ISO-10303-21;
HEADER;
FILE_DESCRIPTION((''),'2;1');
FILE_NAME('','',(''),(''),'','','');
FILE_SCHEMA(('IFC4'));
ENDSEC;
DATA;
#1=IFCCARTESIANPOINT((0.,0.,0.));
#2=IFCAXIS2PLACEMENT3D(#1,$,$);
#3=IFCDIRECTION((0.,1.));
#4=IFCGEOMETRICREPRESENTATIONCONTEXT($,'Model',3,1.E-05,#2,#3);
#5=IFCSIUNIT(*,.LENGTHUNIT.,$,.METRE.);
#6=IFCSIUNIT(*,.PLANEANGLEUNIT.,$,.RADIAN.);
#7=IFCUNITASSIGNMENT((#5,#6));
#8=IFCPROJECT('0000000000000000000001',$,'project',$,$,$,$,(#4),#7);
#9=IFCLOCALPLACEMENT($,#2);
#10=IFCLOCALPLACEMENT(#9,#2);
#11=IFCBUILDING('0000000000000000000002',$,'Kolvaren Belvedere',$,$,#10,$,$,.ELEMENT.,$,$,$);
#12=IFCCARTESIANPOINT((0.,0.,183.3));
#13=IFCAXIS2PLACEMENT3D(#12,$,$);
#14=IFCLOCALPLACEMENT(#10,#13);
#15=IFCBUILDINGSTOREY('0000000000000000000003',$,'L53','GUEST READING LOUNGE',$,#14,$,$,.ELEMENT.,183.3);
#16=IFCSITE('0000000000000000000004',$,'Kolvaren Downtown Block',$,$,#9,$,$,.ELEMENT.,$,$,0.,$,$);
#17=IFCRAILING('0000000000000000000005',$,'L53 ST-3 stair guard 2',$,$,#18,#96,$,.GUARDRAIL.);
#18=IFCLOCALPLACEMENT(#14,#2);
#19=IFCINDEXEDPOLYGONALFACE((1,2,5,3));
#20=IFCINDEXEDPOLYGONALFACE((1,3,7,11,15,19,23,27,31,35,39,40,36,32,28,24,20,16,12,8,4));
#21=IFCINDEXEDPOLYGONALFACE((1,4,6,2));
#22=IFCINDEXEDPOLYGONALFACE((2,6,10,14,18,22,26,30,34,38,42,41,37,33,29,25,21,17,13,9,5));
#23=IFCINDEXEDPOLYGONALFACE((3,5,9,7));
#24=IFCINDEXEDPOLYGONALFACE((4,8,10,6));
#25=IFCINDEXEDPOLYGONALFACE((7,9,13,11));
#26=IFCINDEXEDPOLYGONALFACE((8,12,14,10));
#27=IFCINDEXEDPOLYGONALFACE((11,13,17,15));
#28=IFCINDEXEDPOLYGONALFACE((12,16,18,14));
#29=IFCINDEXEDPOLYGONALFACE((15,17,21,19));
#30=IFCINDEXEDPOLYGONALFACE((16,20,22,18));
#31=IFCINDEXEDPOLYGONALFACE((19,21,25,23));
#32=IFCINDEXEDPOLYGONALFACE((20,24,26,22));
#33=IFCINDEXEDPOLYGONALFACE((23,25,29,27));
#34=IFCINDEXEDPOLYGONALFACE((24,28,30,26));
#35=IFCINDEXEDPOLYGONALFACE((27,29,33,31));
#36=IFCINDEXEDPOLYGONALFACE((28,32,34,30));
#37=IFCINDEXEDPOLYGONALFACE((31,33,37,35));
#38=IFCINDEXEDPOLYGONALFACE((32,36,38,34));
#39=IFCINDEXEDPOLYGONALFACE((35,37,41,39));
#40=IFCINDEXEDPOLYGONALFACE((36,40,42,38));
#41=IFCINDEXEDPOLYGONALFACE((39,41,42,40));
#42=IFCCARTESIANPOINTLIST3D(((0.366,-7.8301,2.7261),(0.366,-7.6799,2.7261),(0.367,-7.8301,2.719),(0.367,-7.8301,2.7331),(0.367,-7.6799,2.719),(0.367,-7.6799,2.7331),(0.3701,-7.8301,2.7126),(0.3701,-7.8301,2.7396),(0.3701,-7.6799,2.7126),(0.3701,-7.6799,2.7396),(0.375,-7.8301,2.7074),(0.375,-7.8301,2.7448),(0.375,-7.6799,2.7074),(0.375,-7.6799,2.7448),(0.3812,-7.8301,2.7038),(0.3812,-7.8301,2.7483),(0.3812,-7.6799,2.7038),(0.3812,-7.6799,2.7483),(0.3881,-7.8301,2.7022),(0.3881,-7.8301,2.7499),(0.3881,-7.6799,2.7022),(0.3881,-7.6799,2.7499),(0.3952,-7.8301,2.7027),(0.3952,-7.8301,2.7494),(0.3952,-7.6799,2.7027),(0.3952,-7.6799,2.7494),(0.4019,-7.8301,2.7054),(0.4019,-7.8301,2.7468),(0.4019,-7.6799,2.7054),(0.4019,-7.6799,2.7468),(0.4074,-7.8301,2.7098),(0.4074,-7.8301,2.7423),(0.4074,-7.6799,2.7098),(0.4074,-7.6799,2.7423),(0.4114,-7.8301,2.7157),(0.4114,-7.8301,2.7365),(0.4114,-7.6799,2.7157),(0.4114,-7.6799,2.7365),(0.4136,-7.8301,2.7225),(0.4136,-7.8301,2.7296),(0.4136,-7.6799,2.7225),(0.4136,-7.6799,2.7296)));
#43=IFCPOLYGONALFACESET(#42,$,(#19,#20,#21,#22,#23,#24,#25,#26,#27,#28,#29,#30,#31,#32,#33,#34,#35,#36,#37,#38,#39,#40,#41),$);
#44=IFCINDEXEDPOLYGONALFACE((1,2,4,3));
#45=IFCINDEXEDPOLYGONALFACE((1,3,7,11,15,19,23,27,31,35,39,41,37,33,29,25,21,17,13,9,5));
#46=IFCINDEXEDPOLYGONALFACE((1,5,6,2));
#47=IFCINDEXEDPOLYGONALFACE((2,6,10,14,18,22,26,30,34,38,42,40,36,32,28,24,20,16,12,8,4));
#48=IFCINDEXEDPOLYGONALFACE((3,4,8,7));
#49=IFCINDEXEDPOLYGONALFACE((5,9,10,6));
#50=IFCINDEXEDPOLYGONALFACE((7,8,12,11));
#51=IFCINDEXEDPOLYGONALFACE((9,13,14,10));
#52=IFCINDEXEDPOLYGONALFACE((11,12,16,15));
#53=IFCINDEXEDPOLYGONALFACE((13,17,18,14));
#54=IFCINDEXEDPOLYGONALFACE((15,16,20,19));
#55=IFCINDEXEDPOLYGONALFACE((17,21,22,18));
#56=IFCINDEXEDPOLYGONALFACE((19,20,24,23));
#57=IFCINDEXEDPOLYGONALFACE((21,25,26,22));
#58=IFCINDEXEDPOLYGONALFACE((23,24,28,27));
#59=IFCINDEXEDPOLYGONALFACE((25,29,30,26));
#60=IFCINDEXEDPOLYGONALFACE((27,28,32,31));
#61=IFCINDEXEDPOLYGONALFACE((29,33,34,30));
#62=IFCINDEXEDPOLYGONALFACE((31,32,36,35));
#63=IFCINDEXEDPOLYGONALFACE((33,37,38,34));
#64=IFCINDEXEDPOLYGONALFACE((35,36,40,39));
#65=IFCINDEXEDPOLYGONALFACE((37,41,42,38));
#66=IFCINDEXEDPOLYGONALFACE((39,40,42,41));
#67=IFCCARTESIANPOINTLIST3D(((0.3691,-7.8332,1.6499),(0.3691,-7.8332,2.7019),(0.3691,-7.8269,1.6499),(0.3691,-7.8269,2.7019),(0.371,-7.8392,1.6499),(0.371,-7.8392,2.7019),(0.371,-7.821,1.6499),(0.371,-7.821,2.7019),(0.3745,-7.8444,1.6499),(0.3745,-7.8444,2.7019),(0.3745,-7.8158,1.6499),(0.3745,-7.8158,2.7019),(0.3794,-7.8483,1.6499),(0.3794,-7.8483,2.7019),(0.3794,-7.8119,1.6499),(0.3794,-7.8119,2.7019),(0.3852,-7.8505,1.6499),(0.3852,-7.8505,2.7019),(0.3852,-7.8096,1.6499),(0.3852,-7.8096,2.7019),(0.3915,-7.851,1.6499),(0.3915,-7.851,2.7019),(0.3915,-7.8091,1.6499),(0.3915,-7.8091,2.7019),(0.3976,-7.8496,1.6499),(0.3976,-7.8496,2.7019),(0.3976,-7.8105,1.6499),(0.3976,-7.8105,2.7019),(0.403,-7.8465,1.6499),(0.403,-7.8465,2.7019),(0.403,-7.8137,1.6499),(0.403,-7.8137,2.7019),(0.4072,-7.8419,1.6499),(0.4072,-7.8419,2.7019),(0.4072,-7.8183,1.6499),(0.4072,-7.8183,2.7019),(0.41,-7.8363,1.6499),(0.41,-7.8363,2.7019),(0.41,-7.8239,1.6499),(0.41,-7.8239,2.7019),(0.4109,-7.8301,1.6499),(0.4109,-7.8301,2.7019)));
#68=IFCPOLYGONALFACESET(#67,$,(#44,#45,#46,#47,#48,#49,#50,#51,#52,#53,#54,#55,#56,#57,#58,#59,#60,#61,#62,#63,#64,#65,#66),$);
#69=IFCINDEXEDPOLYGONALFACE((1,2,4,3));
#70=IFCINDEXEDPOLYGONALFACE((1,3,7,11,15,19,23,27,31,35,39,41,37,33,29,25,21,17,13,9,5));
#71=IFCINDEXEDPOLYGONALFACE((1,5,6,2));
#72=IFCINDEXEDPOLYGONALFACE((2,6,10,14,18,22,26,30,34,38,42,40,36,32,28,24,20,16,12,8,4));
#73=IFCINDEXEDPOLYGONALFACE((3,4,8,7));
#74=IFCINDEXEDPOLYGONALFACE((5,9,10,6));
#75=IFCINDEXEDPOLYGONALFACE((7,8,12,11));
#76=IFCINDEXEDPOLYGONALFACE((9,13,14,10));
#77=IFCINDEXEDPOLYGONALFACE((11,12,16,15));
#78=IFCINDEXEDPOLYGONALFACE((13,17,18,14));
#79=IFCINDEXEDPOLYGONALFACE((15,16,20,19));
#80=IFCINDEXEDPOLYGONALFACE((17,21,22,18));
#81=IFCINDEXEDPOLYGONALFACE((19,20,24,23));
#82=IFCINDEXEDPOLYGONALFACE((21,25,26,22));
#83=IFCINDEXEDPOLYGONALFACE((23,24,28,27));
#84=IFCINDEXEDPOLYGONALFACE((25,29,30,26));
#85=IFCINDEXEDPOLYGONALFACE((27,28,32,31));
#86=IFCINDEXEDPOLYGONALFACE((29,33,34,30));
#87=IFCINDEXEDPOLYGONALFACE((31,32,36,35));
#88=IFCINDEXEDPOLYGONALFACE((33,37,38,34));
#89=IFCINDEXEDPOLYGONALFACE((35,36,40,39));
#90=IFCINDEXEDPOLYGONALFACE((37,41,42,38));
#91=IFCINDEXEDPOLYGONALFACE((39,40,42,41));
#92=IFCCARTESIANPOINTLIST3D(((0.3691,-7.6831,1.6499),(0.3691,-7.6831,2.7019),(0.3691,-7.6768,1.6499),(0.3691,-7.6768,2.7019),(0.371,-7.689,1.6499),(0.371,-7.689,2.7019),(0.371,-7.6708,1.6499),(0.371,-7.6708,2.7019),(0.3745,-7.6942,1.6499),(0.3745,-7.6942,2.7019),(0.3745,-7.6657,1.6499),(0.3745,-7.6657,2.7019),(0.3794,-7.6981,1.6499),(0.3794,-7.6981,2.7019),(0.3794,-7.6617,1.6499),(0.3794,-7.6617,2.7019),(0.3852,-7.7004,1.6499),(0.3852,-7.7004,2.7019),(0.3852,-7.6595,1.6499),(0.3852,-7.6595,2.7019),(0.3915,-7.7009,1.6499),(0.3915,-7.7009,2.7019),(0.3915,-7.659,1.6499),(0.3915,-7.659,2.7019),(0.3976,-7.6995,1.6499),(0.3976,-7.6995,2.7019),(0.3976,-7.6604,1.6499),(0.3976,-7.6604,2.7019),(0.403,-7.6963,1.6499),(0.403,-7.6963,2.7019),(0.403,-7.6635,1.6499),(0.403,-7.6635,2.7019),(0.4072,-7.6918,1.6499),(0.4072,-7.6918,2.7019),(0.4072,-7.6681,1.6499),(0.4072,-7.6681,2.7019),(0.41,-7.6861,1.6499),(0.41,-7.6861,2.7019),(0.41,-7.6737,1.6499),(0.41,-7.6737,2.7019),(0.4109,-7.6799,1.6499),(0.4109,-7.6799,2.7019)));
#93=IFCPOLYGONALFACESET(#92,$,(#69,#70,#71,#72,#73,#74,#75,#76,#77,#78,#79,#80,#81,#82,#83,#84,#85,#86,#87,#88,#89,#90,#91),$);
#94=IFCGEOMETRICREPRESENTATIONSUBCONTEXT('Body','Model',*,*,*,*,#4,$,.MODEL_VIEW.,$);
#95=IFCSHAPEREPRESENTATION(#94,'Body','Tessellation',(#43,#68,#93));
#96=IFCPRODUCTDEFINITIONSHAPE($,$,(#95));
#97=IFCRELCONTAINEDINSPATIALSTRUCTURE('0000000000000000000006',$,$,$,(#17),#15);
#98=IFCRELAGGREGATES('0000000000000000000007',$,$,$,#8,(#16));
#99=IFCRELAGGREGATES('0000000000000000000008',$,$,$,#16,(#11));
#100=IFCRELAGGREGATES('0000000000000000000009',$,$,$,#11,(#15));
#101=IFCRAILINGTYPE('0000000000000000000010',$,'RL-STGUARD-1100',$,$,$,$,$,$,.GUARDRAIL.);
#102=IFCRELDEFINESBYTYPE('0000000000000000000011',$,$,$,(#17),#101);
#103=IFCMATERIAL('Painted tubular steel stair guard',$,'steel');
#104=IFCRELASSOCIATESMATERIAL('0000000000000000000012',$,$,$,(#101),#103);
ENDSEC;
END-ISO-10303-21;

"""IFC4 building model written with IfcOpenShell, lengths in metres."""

from ifc_helpers import new_model, si_unit, direction, frame, origin, origin_2d, place, context, subcontext, project, spatial, circle, extrude, material, type_object, element, save


model = new_model("IFC4")

# Units and contexts
model_context = context("Model", 3, precision=1e-05, world=origin(), true_north=direction((0.0, 1.0)))
body_context = subcontext(model_context, "Body", "Model", "MODEL_VIEW")
ifc_project = project(units=[si_unit("LENGTHUNIT", "METRE"), si_unit("PLANEANGLEUNIT", "RADIAN")], contexts=[model_context])

# Site, building, storey
site_placement = place(None, origin())
site = spatial("IfcSite", under=ifc_project, at=site_placement, Name="Kolvaren Downtown Block", CompositionType="ELEMENT", RefElevation=0.0)
building_placement = place(site_placement, origin())
building = spatial("IfcBuilding", under=site, at=building_placement, Name="Kolvaren Belvedere", CompositionType="ELEMENT")
storey_placement = place(building_placement, frame((0.0, 0.0, 183.3)))
storey = spatial("IfcBuildingStorey", under=building, at=storey_placement, Name="L53", Description="GUEST READING LOUNGE", CompositionType="ELEMENT", Elevation=183.3)

# Railing
ifc_material_1 = material(Name="Painted tubular steel stair guard", Category="steel")
railing_type_1 = type_object("IfcRailingType", Name="RL-STGUARD-1100", PredefinedType="GUARDRAIL", material=ifc_material_1)
railing_1_placement = place(storey_placement, frame((0.3899, -7.8301, 1.6499)))
element("IfcRailing", 1, at=railing_1_placement, inside=storey, type_object=railing_type_1, Name="L53 ST-3 stair guard 2", PredefinedType="GUARDRAIL", context=body_context, shape_type="SweptSolid", body=[
    extrude(circle(Radius=0.0239, at=origin_2d()), frame((0.0, 0.0, 1.0762), z_axis=(0.0, 1.0, 0.0), x_axis=(-1.0, 0.0, 0.0)), (0.0, 0.0, 1.0), 0.1501),
    extrude(circle(Radius=0.021, at=origin_2d()), origin(), (0.0, 0.0, 1.0), 1.052),
    extrude(circle(Radius=0.021, at=origin_2d()), frame((0.0, 0.1501, 0.0)), (0.0, 0.0, 1.0), 1.052),
])

save(model, "model.ifc")
